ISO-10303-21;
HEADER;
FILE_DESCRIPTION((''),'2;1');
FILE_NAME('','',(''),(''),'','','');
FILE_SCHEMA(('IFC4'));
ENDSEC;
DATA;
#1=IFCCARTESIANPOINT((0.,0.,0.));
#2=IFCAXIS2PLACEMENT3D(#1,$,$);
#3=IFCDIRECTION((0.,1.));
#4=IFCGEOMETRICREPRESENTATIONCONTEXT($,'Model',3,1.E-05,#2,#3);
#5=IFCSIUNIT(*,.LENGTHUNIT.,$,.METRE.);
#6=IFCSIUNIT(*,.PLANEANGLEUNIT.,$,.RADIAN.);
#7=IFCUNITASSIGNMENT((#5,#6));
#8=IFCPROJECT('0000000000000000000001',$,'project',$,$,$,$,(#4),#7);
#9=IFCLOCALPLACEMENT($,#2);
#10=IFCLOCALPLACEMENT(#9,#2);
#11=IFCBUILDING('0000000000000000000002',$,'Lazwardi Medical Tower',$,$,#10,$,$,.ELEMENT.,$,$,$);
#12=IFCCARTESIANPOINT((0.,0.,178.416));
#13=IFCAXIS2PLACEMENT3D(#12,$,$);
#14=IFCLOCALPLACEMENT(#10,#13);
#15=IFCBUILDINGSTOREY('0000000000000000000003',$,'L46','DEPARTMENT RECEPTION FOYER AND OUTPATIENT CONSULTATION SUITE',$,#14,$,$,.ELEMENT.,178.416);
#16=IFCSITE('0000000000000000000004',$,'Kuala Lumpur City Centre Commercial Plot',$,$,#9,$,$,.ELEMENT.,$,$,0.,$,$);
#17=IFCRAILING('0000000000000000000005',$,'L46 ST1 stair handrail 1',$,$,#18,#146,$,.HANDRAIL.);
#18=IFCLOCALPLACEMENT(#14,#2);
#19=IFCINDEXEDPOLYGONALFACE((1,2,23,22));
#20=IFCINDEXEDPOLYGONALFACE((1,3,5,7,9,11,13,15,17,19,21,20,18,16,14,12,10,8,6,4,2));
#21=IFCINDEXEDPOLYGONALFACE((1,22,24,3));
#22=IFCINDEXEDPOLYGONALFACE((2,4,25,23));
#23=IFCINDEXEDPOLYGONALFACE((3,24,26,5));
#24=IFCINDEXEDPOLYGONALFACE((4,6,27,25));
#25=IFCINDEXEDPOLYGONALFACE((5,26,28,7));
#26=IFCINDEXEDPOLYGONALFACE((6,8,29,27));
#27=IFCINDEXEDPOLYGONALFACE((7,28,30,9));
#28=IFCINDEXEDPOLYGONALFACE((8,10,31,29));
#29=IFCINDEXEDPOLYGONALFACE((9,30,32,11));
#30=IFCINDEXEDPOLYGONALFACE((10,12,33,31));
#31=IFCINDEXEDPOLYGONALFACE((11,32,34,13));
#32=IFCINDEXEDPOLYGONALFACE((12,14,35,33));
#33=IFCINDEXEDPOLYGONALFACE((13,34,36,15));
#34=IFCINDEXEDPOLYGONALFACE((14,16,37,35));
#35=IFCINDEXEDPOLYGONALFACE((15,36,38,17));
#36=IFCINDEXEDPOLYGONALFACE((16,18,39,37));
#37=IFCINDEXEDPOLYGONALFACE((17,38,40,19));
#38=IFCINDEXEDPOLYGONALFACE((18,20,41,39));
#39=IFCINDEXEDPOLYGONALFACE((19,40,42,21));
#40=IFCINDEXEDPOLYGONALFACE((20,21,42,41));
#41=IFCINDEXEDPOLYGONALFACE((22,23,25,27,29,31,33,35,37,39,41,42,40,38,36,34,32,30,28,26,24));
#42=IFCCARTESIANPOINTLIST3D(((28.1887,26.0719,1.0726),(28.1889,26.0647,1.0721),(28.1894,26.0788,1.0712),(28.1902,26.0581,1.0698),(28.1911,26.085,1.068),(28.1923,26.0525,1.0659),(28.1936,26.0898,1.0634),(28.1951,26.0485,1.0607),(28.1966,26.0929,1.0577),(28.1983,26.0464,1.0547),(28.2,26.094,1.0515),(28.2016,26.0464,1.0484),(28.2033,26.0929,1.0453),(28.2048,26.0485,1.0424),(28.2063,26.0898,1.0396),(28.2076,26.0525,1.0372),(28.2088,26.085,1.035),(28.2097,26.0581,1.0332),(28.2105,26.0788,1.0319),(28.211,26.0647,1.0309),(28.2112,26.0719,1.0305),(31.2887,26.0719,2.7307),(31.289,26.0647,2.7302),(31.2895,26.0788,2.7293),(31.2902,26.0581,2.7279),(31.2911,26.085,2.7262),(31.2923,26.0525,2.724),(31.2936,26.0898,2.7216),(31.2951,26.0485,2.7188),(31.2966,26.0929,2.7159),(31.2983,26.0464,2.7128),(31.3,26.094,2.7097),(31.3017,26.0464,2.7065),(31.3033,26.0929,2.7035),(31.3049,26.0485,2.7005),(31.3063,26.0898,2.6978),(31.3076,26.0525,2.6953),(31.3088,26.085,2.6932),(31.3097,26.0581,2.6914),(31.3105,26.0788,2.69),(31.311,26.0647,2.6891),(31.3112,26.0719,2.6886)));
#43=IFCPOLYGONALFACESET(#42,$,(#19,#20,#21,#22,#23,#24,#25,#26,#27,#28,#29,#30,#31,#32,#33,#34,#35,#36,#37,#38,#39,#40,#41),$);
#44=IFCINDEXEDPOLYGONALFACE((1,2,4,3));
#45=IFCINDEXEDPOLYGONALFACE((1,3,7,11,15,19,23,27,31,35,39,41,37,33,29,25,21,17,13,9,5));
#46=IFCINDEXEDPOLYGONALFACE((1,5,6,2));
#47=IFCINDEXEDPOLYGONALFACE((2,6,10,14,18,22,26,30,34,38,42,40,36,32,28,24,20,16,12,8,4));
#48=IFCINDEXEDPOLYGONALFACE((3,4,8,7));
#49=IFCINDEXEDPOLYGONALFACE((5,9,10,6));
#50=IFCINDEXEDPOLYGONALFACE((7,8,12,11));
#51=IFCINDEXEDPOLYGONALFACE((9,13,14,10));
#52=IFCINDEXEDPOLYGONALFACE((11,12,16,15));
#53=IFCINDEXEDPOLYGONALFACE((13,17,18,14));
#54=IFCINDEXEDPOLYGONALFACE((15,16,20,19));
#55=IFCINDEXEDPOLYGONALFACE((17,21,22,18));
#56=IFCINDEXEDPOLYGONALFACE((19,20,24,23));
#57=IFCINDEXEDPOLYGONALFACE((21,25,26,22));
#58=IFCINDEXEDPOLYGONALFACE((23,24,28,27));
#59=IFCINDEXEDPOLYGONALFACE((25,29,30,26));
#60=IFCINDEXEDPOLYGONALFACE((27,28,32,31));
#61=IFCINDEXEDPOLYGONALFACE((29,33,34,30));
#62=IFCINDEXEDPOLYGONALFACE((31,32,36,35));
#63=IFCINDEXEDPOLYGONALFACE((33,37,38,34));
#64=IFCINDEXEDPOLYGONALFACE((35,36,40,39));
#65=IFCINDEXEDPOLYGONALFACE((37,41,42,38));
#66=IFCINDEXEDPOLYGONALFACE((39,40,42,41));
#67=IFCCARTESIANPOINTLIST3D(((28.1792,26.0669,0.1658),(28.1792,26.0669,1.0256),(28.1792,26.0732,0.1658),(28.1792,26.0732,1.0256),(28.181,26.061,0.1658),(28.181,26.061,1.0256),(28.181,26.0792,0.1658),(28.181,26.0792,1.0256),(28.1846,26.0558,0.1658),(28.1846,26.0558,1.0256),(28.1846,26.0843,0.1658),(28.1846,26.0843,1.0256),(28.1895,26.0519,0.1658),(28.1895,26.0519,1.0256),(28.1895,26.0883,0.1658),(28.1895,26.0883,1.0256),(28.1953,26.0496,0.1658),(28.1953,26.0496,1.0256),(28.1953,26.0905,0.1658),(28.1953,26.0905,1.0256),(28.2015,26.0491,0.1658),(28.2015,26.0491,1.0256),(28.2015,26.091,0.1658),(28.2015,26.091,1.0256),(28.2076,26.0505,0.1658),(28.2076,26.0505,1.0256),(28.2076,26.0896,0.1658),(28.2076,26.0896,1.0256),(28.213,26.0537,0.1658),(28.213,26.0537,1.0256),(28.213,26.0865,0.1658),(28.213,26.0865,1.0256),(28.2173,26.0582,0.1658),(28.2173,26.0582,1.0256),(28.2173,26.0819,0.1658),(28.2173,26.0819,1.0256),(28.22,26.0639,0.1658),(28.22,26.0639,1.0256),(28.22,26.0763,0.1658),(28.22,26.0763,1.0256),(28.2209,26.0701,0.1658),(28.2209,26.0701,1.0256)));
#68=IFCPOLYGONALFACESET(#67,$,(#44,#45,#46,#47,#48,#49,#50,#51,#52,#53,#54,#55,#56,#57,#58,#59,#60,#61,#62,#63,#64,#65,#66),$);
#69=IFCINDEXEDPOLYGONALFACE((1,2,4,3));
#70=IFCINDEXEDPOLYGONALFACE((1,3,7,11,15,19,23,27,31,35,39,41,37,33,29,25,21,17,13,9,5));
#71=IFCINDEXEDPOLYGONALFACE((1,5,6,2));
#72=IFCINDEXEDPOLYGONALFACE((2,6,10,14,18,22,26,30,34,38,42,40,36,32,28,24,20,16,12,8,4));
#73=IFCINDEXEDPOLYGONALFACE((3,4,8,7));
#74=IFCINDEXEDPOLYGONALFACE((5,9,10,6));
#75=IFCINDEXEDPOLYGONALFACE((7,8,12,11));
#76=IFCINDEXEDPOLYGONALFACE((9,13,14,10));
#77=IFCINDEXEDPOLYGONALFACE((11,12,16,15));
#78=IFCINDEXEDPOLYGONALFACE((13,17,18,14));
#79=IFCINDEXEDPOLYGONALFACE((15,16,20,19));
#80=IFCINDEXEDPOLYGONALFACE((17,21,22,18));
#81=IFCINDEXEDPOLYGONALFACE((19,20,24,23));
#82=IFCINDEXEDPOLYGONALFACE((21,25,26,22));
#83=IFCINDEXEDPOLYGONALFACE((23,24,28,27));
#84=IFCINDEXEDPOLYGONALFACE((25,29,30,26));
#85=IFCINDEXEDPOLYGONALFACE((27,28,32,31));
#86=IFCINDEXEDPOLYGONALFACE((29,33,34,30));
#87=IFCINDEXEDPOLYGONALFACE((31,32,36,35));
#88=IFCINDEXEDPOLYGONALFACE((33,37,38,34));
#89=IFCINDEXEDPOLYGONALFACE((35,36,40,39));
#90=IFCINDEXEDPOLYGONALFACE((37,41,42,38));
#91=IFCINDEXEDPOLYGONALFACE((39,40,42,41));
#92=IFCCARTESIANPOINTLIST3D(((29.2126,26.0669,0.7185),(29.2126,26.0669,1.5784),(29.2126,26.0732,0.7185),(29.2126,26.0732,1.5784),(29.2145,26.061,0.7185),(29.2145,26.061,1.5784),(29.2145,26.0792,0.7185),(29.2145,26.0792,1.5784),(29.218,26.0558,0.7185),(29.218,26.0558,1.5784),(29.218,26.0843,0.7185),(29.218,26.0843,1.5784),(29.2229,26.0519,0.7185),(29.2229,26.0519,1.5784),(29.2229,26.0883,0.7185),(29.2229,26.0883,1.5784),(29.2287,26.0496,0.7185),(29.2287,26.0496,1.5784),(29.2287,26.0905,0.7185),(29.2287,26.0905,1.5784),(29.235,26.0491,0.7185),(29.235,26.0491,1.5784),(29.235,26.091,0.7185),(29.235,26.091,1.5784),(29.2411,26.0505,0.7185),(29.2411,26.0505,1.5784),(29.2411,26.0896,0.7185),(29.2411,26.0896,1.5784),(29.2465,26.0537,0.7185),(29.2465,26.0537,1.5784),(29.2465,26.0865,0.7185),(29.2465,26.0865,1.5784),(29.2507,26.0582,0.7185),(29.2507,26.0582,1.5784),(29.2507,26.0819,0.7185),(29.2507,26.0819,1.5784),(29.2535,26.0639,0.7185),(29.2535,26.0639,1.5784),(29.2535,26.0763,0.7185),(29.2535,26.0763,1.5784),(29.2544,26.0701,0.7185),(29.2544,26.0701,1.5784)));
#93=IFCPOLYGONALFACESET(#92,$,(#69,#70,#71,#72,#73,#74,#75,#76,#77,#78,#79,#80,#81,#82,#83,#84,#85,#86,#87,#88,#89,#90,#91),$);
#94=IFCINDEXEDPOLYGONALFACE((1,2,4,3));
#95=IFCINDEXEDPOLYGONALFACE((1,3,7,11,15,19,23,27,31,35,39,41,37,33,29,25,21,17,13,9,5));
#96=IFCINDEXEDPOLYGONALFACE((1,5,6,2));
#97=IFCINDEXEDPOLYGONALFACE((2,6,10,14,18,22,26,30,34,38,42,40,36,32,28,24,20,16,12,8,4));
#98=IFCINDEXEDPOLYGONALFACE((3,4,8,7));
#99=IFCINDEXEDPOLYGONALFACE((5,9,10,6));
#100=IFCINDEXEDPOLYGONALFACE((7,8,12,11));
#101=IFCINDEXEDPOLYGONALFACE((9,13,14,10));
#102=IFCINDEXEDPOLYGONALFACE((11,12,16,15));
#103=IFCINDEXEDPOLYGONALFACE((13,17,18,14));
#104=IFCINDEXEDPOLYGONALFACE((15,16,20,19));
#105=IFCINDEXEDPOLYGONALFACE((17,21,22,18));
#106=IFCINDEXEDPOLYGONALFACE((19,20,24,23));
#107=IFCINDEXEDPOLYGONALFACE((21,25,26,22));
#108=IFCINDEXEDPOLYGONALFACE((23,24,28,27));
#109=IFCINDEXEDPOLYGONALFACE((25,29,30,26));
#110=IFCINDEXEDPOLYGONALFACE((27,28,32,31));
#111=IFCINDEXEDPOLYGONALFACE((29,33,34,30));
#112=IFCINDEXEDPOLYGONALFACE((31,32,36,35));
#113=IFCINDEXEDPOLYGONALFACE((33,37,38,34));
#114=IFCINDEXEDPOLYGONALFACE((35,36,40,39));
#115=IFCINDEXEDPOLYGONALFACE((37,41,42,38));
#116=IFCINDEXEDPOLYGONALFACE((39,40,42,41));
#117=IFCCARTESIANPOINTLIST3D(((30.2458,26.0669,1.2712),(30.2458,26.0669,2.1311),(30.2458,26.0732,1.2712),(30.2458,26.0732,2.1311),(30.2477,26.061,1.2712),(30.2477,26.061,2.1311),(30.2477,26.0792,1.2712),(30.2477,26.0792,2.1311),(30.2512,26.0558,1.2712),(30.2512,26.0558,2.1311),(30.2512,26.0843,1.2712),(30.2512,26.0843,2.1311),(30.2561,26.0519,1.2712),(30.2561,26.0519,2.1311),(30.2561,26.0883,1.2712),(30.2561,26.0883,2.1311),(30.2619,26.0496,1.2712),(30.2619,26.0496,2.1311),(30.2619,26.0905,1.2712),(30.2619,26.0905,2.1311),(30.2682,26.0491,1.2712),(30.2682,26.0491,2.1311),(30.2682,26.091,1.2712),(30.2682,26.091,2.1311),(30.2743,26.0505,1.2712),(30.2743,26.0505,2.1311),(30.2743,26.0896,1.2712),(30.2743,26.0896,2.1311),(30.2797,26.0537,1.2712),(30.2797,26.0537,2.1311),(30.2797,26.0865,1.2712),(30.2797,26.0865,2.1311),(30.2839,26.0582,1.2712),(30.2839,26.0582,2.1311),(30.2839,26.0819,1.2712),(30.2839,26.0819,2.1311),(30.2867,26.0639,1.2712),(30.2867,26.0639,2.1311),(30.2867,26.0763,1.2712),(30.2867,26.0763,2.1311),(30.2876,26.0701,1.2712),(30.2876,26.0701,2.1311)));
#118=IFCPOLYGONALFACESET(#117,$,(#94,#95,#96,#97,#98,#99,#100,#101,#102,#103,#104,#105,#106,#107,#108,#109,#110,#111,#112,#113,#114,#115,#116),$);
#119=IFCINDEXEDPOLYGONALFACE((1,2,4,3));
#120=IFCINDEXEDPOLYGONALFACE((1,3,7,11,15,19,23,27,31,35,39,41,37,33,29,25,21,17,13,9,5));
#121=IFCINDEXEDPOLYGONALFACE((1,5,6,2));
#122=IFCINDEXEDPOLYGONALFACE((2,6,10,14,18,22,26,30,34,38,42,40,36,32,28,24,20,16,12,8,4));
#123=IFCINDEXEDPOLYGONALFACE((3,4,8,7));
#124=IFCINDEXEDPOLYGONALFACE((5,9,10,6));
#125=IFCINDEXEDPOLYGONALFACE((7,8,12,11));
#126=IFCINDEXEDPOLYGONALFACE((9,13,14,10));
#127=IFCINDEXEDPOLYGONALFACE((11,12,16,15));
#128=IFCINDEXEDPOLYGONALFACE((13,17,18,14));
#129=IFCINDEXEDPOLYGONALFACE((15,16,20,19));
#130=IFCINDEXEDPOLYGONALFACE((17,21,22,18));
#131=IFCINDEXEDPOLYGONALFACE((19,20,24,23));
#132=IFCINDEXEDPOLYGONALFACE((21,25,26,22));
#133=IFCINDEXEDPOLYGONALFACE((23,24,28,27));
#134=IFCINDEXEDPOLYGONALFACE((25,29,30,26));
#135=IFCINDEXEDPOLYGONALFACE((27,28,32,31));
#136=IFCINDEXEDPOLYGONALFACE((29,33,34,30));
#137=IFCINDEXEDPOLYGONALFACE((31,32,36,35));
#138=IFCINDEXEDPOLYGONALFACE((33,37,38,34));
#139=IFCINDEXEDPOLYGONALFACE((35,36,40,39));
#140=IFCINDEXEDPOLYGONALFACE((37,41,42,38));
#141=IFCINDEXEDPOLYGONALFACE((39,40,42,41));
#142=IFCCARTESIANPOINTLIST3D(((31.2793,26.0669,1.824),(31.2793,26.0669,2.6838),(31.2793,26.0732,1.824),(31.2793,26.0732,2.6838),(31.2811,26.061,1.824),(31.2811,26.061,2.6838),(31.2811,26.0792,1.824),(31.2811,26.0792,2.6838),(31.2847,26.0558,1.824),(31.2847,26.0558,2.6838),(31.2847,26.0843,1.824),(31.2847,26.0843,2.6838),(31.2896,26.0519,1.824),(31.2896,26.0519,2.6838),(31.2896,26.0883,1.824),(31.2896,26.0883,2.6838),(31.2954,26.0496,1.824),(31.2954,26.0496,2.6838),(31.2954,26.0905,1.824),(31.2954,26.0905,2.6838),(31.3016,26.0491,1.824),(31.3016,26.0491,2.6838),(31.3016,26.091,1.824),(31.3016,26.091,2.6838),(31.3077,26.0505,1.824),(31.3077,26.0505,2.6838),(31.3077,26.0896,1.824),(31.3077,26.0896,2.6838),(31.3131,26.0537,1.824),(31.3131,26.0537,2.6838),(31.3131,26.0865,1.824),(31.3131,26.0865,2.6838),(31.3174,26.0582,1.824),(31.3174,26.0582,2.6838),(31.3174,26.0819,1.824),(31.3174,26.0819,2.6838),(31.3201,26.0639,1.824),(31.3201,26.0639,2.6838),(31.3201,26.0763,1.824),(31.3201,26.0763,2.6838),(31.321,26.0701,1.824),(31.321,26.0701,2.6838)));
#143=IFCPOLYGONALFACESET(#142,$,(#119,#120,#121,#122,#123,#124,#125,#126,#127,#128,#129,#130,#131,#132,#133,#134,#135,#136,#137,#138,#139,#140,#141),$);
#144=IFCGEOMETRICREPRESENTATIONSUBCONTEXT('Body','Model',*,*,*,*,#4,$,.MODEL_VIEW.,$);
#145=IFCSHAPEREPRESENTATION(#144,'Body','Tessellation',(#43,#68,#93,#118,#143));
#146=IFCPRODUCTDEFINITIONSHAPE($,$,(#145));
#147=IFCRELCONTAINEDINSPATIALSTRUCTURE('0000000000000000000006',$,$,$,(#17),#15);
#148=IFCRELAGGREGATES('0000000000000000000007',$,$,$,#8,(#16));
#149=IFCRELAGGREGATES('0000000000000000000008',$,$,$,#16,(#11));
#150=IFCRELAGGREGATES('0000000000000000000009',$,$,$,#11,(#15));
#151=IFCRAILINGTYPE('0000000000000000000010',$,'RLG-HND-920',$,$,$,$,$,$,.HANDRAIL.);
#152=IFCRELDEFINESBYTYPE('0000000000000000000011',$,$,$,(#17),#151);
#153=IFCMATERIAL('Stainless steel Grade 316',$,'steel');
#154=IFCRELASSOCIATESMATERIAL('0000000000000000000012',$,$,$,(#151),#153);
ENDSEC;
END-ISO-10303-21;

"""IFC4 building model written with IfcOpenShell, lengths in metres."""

from ifc_helpers import new_model, si_unit, direction, frame, origin, origin_2d, place, context, subcontext, project, spatial, circle, extrude, material, type_object, element, save


model = new_model("IFC4")

# Units and contexts
model_context = context("Model", 3, precision=1e-05, world=origin(), true_north=direction((0.0, 1.0)))
body_context = subcontext(model_context, "Body", "Model", "MODEL_VIEW")
ifc_project = project(units=[si_unit("LENGTHUNIT", "METRE"), si_unit("PLANEANGLEUNIT", "RADIAN")], contexts=[model_context])

# Site, building, storey
site_placement = place(None, origin())
site = spatial("IfcSite", under=ifc_project, at=site_placement, Name="Kuala Lumpur City Centre Commercial Plot", CompositionType="ELEMENT", RefElevation=0.0)
building_placement = place(site_placement, origin())
building = spatial("IfcBuilding", under=site, at=building_placement, Name="Lazwardi Medical Tower", CompositionType="ELEMENT")
storey_placement = place(building_placement, frame((0.0, 0.0, 178.416)))
storey = spatial("IfcBuildingStorey", under=building, at=storey_placement, Name="L46", Description="DEPARTMENT RECEPTION FOYER AND OUTPATIENT CONSULTATION SUITE", CompositionType="ELEMENT", Elevation=178.416)

# Railing
ifc_material_1 = material(Name="Stainless steel Grade 316", Category="steel")
railing_type_1 = type_object("IfcRailingType", Name="RLG-HND-920", PredefinedType="HANDRAIL", material=ifc_material_1)
railing_1_placement = place(storey_placement, frame((28.2, 26.0701, 0.1658)))
element("IfcRailing", 1, at=railing_1_placement, inside=storey, type_object=railing_type_1, Name="L46 ST1 stair handrail 1", PredefinedType="HANDRAIL", context=body_context, shape_type="SweptSolid", body=[
    extrude(circle(Radius=0.0239, at=origin_2d()), frame((0.0, 0.0, 0.8857), z_axis=(0.881783, 0.0, 0.471655), x_axis=(0.0, 1.0, 0.0)), (0.0, 0.0, 1.0), 3.5156),
    extrude(circle(Radius=0.021, at=origin_2d()), origin(), (0.0, 0.0, 1.0), 0.8599),
    extrude(circle(Radius=0.021, at=origin_2d()), frame((1.0334, 0.0, 0.5527)), (0.0, 0.0, 1.0), 0.8599),
    extrude(circle(Radius=0.021, at=origin_2d()), frame((2.0667, 0.0, 1.1055)), (0.0, 0.0, 1.0), 0.8599),
    extrude(circle(Radius=0.021, at=origin_2d()), frame((3.1001, 0.0, 1.6582)), (0.0, 0.0, 1.0), 0.8599),
])

save(model, "model.ifc")
